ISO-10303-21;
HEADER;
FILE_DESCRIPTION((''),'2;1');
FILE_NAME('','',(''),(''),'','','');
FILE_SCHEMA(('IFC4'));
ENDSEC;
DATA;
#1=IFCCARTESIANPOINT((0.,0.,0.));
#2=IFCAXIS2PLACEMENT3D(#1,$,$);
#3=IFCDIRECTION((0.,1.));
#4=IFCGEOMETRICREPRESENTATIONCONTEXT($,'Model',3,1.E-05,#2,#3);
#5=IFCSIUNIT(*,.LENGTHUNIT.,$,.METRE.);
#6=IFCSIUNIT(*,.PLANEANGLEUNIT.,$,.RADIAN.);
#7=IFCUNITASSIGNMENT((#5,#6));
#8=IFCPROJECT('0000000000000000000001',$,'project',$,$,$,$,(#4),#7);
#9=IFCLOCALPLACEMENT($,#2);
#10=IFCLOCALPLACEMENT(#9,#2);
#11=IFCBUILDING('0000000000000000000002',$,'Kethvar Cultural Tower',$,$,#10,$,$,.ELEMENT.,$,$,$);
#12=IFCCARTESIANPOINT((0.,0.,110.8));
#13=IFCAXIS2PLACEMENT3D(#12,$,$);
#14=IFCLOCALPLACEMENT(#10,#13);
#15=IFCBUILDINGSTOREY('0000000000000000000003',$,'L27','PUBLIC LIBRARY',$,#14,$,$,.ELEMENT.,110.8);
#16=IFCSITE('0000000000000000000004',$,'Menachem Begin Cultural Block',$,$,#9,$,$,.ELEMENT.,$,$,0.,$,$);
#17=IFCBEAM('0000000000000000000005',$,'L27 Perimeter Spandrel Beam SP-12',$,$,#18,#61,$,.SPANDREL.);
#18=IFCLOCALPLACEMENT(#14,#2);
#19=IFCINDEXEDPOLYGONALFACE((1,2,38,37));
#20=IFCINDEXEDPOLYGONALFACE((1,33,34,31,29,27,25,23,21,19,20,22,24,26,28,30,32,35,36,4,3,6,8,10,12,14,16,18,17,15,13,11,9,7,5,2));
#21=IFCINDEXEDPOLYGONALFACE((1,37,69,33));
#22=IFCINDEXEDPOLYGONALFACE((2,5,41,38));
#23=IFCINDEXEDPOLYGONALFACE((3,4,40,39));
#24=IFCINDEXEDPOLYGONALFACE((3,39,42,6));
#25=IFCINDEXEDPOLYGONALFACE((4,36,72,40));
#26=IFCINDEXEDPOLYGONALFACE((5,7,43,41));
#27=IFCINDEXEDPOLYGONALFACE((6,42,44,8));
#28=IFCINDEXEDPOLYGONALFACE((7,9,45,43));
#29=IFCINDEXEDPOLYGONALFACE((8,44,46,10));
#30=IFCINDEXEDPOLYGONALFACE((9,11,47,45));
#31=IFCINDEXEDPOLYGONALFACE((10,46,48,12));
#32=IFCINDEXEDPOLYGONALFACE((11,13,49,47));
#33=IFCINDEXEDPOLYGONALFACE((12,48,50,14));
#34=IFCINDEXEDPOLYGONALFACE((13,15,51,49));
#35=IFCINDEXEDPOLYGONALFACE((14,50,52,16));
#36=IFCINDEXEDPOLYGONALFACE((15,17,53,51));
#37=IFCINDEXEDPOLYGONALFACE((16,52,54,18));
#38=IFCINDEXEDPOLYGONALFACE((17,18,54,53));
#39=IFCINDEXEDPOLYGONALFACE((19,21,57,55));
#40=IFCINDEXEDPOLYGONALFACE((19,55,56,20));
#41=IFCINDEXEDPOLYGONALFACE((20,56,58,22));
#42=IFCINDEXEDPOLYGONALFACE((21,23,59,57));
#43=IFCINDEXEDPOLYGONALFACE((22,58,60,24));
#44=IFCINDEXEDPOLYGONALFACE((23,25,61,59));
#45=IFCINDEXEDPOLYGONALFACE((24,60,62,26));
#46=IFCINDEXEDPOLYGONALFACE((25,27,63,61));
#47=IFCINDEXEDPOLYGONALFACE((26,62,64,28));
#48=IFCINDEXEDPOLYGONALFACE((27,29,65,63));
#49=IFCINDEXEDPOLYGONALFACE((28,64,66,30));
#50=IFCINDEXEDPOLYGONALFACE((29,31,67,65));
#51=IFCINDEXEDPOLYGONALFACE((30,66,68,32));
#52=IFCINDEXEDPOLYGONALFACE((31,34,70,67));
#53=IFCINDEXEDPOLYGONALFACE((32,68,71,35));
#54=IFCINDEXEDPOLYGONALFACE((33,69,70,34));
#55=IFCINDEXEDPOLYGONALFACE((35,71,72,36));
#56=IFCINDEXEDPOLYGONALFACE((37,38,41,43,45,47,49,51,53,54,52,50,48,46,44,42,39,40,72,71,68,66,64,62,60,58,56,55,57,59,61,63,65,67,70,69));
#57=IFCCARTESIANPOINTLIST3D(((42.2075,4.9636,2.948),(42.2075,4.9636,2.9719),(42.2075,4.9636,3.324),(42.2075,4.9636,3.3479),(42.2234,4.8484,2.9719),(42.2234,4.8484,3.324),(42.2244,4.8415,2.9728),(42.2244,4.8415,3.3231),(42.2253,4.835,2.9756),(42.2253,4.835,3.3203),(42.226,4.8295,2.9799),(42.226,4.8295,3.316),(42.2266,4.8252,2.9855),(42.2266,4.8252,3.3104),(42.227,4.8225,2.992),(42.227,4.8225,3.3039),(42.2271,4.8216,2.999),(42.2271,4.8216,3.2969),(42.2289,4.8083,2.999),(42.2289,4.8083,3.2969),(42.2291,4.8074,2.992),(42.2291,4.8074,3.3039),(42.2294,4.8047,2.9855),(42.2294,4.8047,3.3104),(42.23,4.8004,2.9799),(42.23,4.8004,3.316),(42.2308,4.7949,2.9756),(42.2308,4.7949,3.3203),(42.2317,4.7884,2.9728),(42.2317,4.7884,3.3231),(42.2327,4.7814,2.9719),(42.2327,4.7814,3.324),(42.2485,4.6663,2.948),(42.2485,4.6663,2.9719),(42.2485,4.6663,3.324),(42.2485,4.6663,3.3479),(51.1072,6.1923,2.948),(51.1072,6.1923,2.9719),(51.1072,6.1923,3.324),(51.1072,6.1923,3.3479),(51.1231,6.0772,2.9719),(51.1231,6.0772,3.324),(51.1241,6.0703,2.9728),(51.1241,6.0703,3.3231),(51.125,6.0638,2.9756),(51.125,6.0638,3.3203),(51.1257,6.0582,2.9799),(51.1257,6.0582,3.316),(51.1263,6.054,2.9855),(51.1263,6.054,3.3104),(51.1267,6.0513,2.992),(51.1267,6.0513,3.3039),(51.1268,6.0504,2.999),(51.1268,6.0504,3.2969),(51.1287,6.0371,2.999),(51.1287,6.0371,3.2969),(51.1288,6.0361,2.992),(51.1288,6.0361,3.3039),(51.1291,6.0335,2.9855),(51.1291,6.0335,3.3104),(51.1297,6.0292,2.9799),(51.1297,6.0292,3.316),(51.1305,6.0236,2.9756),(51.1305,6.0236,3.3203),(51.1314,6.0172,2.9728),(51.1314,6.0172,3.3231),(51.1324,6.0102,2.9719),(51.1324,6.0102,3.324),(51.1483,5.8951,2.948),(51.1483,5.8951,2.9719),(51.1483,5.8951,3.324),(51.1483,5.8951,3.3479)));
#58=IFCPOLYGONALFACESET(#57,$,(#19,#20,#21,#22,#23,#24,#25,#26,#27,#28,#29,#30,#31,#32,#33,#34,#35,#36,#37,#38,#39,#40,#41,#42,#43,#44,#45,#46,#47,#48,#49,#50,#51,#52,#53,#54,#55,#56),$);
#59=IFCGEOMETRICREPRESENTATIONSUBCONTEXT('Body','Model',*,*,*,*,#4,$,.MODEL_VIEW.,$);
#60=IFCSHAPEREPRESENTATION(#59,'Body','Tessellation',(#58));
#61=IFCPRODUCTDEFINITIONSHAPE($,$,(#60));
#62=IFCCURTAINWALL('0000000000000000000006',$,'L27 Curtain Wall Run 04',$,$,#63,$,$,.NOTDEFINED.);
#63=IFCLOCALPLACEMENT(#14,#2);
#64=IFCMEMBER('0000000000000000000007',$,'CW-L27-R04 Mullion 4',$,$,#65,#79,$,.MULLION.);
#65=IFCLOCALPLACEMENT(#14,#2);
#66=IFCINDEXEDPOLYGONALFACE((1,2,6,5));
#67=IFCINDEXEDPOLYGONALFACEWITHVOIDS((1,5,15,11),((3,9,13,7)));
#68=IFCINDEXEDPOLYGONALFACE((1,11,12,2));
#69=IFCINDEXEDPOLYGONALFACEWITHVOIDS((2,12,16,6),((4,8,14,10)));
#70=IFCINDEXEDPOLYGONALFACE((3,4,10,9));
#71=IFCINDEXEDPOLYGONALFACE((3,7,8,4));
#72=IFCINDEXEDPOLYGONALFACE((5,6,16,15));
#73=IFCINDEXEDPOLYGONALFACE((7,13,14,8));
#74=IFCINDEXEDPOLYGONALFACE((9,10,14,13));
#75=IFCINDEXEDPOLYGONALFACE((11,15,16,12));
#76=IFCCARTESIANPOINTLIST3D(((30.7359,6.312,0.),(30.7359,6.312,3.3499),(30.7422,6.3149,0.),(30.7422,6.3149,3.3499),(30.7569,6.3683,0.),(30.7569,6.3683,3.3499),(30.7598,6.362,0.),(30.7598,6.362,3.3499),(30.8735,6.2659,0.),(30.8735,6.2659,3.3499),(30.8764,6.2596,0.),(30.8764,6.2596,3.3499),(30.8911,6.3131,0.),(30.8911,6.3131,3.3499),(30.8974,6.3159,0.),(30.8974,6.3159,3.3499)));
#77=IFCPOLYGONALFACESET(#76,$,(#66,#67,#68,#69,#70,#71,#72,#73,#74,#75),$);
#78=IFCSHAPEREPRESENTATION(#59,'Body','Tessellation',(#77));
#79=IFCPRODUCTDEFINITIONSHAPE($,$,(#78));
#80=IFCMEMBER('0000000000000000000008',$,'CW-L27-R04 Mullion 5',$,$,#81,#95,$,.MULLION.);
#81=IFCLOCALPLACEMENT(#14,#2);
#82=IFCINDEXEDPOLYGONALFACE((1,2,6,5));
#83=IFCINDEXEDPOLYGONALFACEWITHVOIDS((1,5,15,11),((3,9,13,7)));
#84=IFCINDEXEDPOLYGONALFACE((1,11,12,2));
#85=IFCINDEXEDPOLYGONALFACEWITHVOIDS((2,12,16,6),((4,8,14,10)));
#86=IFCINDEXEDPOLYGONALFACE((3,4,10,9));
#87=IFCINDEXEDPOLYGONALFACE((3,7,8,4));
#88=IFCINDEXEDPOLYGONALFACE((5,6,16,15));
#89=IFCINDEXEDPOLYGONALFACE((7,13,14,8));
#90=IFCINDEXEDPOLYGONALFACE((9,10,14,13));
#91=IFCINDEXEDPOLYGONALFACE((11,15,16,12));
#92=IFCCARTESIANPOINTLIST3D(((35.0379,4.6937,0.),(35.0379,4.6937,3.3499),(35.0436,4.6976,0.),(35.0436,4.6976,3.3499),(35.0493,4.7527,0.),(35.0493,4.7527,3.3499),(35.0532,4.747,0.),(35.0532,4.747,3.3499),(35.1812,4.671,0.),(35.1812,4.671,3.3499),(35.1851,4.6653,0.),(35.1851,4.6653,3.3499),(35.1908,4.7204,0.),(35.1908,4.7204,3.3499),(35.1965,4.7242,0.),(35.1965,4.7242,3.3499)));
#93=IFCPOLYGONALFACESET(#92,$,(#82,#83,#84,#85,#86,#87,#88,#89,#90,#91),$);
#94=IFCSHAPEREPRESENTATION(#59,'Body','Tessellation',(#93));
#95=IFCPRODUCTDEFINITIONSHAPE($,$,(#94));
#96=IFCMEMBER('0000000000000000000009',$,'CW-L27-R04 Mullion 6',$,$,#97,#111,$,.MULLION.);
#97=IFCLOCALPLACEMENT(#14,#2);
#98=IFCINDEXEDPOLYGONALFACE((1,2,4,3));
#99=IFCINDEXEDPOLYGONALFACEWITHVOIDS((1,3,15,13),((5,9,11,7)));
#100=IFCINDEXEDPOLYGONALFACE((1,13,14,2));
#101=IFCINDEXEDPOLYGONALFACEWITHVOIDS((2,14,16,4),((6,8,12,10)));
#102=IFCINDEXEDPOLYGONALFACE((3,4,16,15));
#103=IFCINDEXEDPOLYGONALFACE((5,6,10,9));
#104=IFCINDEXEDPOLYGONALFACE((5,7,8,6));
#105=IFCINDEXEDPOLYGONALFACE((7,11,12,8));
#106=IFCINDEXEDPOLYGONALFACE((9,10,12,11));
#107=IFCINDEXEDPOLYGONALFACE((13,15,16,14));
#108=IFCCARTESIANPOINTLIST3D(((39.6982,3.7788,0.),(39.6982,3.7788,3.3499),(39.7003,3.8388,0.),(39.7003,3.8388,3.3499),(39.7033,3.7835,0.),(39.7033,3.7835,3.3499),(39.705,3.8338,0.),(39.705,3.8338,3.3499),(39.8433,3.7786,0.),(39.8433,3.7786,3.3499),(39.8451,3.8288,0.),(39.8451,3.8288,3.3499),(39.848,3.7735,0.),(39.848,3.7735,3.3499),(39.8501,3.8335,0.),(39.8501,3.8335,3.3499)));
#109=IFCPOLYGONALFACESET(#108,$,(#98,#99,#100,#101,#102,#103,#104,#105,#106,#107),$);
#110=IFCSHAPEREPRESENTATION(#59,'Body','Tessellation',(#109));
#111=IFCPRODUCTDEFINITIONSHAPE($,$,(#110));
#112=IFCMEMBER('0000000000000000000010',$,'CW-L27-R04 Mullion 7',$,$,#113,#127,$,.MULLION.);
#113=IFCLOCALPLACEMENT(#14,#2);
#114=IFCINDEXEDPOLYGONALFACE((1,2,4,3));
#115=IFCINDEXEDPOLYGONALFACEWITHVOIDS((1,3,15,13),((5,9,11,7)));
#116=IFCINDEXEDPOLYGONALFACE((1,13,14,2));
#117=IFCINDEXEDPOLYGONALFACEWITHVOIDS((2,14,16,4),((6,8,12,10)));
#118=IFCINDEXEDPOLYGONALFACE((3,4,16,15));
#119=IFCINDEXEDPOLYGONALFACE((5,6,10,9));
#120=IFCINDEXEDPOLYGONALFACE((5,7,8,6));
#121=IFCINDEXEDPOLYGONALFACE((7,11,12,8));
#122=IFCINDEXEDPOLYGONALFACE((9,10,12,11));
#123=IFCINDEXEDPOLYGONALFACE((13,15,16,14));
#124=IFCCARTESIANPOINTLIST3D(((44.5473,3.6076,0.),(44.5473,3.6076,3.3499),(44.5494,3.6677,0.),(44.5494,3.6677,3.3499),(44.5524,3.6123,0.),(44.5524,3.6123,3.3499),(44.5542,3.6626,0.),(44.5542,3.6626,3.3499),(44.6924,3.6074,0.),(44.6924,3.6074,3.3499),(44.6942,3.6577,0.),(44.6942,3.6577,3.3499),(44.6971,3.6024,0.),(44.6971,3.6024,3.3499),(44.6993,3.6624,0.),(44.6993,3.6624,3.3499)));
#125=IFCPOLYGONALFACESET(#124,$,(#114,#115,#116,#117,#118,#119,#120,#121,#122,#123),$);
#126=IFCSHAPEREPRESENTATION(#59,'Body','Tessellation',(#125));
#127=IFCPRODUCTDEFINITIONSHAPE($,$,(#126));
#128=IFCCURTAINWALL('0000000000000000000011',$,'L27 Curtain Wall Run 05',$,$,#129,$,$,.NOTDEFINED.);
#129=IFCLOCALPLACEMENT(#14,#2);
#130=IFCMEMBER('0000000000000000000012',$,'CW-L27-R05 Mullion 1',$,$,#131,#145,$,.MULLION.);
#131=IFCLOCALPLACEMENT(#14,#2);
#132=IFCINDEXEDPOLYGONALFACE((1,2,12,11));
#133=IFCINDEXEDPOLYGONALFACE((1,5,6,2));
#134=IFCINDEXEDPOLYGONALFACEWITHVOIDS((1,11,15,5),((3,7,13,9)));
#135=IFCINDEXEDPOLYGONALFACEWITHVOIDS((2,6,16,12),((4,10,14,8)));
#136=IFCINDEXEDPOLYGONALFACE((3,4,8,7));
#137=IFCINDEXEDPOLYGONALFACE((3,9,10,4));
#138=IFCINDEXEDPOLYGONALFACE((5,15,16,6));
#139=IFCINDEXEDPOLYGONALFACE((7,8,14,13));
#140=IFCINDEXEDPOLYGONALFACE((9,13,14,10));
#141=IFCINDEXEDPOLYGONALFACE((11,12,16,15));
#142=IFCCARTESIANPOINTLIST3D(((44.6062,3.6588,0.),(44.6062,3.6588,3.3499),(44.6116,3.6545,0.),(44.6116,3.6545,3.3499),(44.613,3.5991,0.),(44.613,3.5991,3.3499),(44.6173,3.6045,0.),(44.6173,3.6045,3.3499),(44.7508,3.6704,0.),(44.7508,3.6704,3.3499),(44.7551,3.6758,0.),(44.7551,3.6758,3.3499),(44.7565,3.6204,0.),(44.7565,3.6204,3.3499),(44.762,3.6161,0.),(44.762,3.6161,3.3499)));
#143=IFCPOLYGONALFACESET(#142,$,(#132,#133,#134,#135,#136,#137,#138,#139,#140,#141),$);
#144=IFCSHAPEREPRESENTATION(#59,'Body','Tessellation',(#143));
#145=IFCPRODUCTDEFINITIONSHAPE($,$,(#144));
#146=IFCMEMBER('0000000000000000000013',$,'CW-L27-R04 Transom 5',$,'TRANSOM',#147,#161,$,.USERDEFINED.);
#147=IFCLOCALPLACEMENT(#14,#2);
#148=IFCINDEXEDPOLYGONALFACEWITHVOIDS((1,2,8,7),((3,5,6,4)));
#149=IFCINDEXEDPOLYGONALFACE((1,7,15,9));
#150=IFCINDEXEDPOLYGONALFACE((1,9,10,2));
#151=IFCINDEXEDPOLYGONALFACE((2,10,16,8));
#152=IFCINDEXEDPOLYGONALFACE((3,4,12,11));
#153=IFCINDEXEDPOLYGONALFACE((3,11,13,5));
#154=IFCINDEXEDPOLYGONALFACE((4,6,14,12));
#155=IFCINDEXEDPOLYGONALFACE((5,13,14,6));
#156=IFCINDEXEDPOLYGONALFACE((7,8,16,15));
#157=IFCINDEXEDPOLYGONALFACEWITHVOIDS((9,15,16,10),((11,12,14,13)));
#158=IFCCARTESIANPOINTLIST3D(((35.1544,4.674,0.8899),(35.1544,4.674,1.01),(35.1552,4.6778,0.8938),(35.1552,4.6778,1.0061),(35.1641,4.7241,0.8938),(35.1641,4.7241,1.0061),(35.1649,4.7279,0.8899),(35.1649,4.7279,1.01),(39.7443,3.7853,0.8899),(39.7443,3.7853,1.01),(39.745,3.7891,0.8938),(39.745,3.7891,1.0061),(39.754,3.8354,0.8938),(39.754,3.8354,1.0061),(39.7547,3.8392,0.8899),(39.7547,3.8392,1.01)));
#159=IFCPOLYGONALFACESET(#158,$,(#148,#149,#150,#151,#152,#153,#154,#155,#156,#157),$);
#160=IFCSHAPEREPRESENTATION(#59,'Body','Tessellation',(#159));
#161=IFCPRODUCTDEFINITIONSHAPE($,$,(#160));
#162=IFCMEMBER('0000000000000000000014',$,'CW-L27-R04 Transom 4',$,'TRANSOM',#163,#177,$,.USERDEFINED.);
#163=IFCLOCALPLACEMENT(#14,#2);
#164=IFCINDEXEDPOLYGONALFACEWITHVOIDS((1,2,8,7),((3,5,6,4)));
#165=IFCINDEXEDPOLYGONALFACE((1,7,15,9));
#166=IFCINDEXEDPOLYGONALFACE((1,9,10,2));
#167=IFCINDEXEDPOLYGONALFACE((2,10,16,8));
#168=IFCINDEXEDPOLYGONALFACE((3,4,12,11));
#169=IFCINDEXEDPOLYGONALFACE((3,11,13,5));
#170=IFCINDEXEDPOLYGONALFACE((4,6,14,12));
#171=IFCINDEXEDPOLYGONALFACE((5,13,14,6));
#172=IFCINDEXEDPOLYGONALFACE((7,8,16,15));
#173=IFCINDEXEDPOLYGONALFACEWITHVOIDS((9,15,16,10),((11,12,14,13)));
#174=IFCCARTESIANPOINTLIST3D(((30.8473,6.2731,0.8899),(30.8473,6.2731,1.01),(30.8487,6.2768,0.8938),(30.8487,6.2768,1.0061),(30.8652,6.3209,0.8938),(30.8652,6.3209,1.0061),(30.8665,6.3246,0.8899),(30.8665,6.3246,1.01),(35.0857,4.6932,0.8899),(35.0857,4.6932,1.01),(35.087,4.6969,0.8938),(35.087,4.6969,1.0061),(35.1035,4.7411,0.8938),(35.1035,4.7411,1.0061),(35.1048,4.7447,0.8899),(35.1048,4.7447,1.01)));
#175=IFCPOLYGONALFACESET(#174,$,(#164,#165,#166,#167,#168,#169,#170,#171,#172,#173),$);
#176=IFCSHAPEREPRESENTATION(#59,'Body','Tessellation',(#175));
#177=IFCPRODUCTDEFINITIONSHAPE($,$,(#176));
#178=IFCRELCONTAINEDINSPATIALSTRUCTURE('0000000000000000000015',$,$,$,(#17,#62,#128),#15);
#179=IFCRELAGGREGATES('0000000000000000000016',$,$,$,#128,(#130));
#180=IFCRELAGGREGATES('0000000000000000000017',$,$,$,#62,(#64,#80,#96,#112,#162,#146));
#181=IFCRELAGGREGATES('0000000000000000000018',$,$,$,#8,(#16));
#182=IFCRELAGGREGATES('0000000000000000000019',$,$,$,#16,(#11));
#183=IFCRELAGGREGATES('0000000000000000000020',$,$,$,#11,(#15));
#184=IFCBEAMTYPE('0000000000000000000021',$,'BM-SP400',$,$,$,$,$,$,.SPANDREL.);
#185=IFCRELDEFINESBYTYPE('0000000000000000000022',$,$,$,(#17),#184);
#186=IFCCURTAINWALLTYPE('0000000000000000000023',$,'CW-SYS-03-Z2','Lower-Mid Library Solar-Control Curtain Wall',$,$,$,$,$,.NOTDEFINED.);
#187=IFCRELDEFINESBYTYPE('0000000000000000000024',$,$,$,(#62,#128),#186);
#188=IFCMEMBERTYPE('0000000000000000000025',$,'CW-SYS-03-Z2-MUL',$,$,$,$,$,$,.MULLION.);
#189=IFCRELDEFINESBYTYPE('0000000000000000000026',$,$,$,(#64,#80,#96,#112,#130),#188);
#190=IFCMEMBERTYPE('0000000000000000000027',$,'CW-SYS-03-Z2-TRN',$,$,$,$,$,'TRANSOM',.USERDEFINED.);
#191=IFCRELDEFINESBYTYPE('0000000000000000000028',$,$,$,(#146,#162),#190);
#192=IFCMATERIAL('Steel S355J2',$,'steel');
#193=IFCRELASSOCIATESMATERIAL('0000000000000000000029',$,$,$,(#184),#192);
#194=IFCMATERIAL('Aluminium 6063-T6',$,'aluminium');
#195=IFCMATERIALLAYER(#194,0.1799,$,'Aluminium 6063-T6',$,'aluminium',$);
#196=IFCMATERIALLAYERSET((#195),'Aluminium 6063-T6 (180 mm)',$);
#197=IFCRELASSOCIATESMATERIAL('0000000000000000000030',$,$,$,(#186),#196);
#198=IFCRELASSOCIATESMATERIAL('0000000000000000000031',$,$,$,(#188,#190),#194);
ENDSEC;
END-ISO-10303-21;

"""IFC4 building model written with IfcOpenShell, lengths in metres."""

from ifc_helpers import new_model, si_unit, direction, frame, origin, origin_2d, place, context, subcontext, project, spatial, hollow_rectangle, i_section, extrude, source, transform, mapped, material, layer, layer_set, material_profile, profile_set, type_object, element, aggregate, save


model = new_model("IFC4")

# Units and contexts
model_context = context("Model", 3, precision=1e-05, world=origin(), true_north=direction((0.0, 1.0)))
body_context = subcontext(model_context, "Body", "Model", "MODEL_VIEW")
ifc_project = project(units=[si_unit("LENGTHUNIT", "METRE"), si_unit("PLANEANGLEUNIT", "RADIAN")], contexts=[model_context])

# Site, building, storey
site_placement = place(None, origin())
site = spatial("IfcSite", under=ifc_project, at=site_placement, Name="Menachem Begin Cultural Block", CompositionType="ELEMENT", RefElevation=0.0)
building_placement = place(site_placement, origin())
building = spatial("IfcBuilding", under=site, at=building_placement, Name="Kethvar Cultural Tower", CompositionType="ELEMENT")
storey_placement = place(building_placement, frame((0.0, 0.0, 110.8)))
storey = spatial("IfcBuildingStorey", under=building, at=storey_placement, Name="L27", Description="PUBLIC LIBRARY", CompositionType="ELEMENT", Elevation=110.8)

# Beam
ifc_material_1 = material(Name="Steel S355J2", Category="steel")
ifc_material_profile_1 = material_profile(ifc_material_1, i_section(OverallWidth=0.3, OverallDepth=0.3999, WebThickness=0.0134, FlangeThickness=0.0239, FilletRadius=0.0271, at=origin_2d()), Name="Steel S355J2 — HEB400")
ifc_profile_set_1 = profile_set([ifc_material_profile_1], Name="Steel S355J2 — HEB400")
beam_type_1 = type_object("IfcBeamType", Name="BM-SP400", PredefinedType="SPANDREL", material=ifc_profile_set_1)
shared_shape_1 = source(origin(), body_context, "Body", "SweptSolid", [
    extrude(i_section(OverallWidth=0.3, OverallDepth=0.3999, WebThickness=0.0134, FlangeThickness=0.0239, FilletRadius=0.0271, at=origin_2d()), origin(), (0.0, 0.0, 1.0), 8.9841),
])
beam_1_placement = place(storey_placement, frame((42.228, 4.8149, 3.1479), z_axis=(0.990603, 0.136771, 0.0), x_axis=(-0.136771, 0.990603, 0.0)))
element("IfcBeam", 1, at=beam_1_placement, inside=storey, type_object=beam_type_1, Name="L27 Perimeter Spandrel Beam SP-12", PredefinedType="SPANDREL", context=body_context, shape_type="MappedRepresentation", body=[
    mapped(shared_shape_1, transform((0.0, 0.0, 0.0), scale=1.0)),
])

# Curtain wall, members
ifc_material_2 = material(Name="Aluminium 6063-T6", Category="aluminium")
ifc_layer_1 = layer(ifc_material_2, 0.1799, Name="Aluminium 6063-T6", Category="aluminium")
ifc_layer_set_1 = layer_set([ifc_layer_1], Name="Aluminium 6063-T6 (180 mm)")
curtain_wall_type = type_object("IfcCurtainWallType", Name="CW-SYS-03-Z2", Description="Lower-Mid Library Solar-Control Curtain Wall", PredefinedType="NOTDEFINED", material=ifc_layer_set_1)
curtain_wall_1_placement = place(storey_placement, origin())
curtain_wall_1 = element("IfcCurtainWall", 2, at=curtain_wall_1_placement, inside=storey, type_object=curtain_wall_type, Name="L27 Curtain Wall Run 04", PredefinedType="NOTDEFINED")
ifc_material_profile_2 = material_profile(ifc_material_2, hollow_rectangle(XDim=0.0601, YDim=0.1499, WallThickness=0.0049, at=origin_2d()), Name="Aluminium 6063-T6 — RHS150x60x5")
ifc_profile_set_2 = profile_set([ifc_material_profile_2], Name="Aluminium 6063-T6 — RHS150x60x5")
member_type_1 = type_object("IfcMemberType", Name="CW-SYS-03-Z2-MUL", PredefinedType="MULLION", material=ifc_profile_set_2)
shared_shape_2 = source(origin(), body_context, "Body", "SweptSolid", [
    extrude(hollow_rectangle(XDim=0.0601, YDim=0.1499, WallThickness=0.0049, at=origin_2d()), origin(), (0.0, 0.0, 1.0), 3.3499),
])
member_1_placement = place(storey_placement, frame((30.8167, 6.314, 0.0), z_axis=(0.0, 0.0, 1.0), x_axis=(0.349275, 0.93702, 0.0)))
member_1 = element("IfcMember", 3, at=member_1_placement, type_object=member_type_1, Name="CW-L27-R04 Mullion 4", PredefinedType="MULLION", context=body_context, shape_type="MappedRepresentation", body=[
    mapped(shared_shape_2, transform((0.0, 0.0, 0.0), scale=1.0)),
])
member_2_placement = place(storey_placement, frame((35.1172, 4.709, 0.0), z_axis=(0.0, 0.0, 1.0), x_axis=(0.190072, 0.98177, 0.0)))
member_2 = element("IfcMember", 4, at=member_2_placement, type_object=member_type_1, Name="CW-L27-R04 Mullion 5", PredefinedType="MULLION", context=body_context, shape_type="MappedRepresentation", body=[
    mapped(shared_shape_2, transform((0.0, 0.0, 0.0), scale=1.0)),
])
member_3_placement = place(storey_placement, frame((39.7742, 3.8062, 0.0), z_axis=(0.0, 0.0, 1.0), x_axis=(0.035248, 0.999379, 0.0)))
member_3 = element("IfcMember", 5, at=member_3_placement, type_object=member_type_1, Name="CW-L27-R04 Mullion 6", PredefinedType="MULLION", context=body_context, shape_type="MappedRepresentation", body=[
    mapped(shared_shape_2, transform((0.0, 0.0, 0.0), scale=1.0)),
])
member_4_placement = place(storey_placement, frame((44.6233, 3.635, 0.0), z_axis=(0.0, 0.0, 1.0), x_axis=(0.035248, 0.999379, 0.0)))
member_4 = element("IfcMember", 6, at=member_4_placement, type_object=member_type_1, Name="CW-L27-R04 Mullion 7", PredefinedType="MULLION", context=body_context, shape_type="MappedRepresentation", body=[
    mapped(shared_shape_2, transform((0.0, 0.0, 0.0), scale=1.0)),
])

# Curtain wall, member
curtain_wall_2_placement = place(storey_placement, origin())
curtain_wall_2 = element("IfcCurtainWall", 7, at=curtain_wall_2_placement, inside=storey, type_object=curtain_wall_type, Name="L27 Curtain Wall Run 05", PredefinedType="NOTDEFINED")
member_5_placement = place(storey_placement, frame((44.6841, 3.6375, 0.0), z_axis=(0.0, 0.0, 1.0), x_axis=(-0.113394, 0.99355, 0.0)))
member_5 = element("IfcMember", 8, at=member_5_placement, type_object=member_type_1, Name="CW-L27-R05 Mullion 1", PredefinedType="MULLION", context=body_context, shape_type="MappedRepresentation", body=[
    mapped(shared_shape_2, transform((0.0, 0.0, 0.0), scale=1.0)),
])

# Members
ifc_material_profile_3 = material_profile(ifc_material_2, hollow_rectangle(XDim=0.0549, YDim=0.1201, WallThickness=0.0039, at=origin_2d()), Name="Aluminium 6063-T6 — RHS120x55x4")
ifc_profile_set_3 = profile_set([ifc_material_profile_3], Name="Aluminium 6063-T6 — RHS120x55x4")
member_type_2 = type_object("IfcMemberType", Name="CW-SYS-03-Z2-TRN", ElementType="TRANSOM", PredefinedType="USERDEFINED", material=ifc_profile_set_3)
shared_shape_3 = source(origin(), body_context, "Body", "SweptSolid", [
    extrude(hollow_rectangle(XDim=0.0549, YDim=0.1201, WallThickness=0.0039, at=origin_2d()), origin(), (0.0, 0.0, 1.0), 4.675),
])
member_6_placement = place(storey_placement, frame((35.1597, 4.7009, 0.95), z_axis=(0.981767, -0.190087, 0.0), x_axis=(0.190087, 0.981767, 0.0)))
member_6 = element("IfcMember", 9, at=member_6_placement, type_object=member_type_2, Name="CW-L27-R04 Transom 5", ObjectType="TRANSOM", PredefinedType="USERDEFINED", context=body_context, shape_type="MappedRepresentation", body=[
    mapped(shared_shape_3, transform((0.0, 0.0, 0.0), scale=1.0)),
])
shared_shape_4 = source(origin(), body_context, "Body", "SweptSolid", [
    extrude(hollow_rectangle(XDim=0.0549, YDim=0.1201, WallThickness=0.0039, at=origin_2d()), origin(), (0.0, 0.0, 1.0), 4.5232),
])
member_7_placement = place(storey_placement, frame((30.8569, 6.2988, 0.95), z_axis=(0.937019, -0.349277, 0.0), x_axis=(0.349277, 0.937019, 0.0)))
member_7 = element("IfcMember", 10, at=member_7_placement, type_object=member_type_2, Name="CW-L27-R04 Transom 4", ObjectType="TRANSOM", PredefinedType="USERDEFINED", context=body_context, shape_type="MappedRepresentation", body=[
    mapped(shared_shape_4, transform((0.0, 0.0, 0.0), scale=1.0)),
])
aggregate(curtain_wall_2, [member_5])

aggregate(curtain_wall_1, [member_1, member_2, member_3, member_4, member_7, member_6])

save(model, "model.ifc")
